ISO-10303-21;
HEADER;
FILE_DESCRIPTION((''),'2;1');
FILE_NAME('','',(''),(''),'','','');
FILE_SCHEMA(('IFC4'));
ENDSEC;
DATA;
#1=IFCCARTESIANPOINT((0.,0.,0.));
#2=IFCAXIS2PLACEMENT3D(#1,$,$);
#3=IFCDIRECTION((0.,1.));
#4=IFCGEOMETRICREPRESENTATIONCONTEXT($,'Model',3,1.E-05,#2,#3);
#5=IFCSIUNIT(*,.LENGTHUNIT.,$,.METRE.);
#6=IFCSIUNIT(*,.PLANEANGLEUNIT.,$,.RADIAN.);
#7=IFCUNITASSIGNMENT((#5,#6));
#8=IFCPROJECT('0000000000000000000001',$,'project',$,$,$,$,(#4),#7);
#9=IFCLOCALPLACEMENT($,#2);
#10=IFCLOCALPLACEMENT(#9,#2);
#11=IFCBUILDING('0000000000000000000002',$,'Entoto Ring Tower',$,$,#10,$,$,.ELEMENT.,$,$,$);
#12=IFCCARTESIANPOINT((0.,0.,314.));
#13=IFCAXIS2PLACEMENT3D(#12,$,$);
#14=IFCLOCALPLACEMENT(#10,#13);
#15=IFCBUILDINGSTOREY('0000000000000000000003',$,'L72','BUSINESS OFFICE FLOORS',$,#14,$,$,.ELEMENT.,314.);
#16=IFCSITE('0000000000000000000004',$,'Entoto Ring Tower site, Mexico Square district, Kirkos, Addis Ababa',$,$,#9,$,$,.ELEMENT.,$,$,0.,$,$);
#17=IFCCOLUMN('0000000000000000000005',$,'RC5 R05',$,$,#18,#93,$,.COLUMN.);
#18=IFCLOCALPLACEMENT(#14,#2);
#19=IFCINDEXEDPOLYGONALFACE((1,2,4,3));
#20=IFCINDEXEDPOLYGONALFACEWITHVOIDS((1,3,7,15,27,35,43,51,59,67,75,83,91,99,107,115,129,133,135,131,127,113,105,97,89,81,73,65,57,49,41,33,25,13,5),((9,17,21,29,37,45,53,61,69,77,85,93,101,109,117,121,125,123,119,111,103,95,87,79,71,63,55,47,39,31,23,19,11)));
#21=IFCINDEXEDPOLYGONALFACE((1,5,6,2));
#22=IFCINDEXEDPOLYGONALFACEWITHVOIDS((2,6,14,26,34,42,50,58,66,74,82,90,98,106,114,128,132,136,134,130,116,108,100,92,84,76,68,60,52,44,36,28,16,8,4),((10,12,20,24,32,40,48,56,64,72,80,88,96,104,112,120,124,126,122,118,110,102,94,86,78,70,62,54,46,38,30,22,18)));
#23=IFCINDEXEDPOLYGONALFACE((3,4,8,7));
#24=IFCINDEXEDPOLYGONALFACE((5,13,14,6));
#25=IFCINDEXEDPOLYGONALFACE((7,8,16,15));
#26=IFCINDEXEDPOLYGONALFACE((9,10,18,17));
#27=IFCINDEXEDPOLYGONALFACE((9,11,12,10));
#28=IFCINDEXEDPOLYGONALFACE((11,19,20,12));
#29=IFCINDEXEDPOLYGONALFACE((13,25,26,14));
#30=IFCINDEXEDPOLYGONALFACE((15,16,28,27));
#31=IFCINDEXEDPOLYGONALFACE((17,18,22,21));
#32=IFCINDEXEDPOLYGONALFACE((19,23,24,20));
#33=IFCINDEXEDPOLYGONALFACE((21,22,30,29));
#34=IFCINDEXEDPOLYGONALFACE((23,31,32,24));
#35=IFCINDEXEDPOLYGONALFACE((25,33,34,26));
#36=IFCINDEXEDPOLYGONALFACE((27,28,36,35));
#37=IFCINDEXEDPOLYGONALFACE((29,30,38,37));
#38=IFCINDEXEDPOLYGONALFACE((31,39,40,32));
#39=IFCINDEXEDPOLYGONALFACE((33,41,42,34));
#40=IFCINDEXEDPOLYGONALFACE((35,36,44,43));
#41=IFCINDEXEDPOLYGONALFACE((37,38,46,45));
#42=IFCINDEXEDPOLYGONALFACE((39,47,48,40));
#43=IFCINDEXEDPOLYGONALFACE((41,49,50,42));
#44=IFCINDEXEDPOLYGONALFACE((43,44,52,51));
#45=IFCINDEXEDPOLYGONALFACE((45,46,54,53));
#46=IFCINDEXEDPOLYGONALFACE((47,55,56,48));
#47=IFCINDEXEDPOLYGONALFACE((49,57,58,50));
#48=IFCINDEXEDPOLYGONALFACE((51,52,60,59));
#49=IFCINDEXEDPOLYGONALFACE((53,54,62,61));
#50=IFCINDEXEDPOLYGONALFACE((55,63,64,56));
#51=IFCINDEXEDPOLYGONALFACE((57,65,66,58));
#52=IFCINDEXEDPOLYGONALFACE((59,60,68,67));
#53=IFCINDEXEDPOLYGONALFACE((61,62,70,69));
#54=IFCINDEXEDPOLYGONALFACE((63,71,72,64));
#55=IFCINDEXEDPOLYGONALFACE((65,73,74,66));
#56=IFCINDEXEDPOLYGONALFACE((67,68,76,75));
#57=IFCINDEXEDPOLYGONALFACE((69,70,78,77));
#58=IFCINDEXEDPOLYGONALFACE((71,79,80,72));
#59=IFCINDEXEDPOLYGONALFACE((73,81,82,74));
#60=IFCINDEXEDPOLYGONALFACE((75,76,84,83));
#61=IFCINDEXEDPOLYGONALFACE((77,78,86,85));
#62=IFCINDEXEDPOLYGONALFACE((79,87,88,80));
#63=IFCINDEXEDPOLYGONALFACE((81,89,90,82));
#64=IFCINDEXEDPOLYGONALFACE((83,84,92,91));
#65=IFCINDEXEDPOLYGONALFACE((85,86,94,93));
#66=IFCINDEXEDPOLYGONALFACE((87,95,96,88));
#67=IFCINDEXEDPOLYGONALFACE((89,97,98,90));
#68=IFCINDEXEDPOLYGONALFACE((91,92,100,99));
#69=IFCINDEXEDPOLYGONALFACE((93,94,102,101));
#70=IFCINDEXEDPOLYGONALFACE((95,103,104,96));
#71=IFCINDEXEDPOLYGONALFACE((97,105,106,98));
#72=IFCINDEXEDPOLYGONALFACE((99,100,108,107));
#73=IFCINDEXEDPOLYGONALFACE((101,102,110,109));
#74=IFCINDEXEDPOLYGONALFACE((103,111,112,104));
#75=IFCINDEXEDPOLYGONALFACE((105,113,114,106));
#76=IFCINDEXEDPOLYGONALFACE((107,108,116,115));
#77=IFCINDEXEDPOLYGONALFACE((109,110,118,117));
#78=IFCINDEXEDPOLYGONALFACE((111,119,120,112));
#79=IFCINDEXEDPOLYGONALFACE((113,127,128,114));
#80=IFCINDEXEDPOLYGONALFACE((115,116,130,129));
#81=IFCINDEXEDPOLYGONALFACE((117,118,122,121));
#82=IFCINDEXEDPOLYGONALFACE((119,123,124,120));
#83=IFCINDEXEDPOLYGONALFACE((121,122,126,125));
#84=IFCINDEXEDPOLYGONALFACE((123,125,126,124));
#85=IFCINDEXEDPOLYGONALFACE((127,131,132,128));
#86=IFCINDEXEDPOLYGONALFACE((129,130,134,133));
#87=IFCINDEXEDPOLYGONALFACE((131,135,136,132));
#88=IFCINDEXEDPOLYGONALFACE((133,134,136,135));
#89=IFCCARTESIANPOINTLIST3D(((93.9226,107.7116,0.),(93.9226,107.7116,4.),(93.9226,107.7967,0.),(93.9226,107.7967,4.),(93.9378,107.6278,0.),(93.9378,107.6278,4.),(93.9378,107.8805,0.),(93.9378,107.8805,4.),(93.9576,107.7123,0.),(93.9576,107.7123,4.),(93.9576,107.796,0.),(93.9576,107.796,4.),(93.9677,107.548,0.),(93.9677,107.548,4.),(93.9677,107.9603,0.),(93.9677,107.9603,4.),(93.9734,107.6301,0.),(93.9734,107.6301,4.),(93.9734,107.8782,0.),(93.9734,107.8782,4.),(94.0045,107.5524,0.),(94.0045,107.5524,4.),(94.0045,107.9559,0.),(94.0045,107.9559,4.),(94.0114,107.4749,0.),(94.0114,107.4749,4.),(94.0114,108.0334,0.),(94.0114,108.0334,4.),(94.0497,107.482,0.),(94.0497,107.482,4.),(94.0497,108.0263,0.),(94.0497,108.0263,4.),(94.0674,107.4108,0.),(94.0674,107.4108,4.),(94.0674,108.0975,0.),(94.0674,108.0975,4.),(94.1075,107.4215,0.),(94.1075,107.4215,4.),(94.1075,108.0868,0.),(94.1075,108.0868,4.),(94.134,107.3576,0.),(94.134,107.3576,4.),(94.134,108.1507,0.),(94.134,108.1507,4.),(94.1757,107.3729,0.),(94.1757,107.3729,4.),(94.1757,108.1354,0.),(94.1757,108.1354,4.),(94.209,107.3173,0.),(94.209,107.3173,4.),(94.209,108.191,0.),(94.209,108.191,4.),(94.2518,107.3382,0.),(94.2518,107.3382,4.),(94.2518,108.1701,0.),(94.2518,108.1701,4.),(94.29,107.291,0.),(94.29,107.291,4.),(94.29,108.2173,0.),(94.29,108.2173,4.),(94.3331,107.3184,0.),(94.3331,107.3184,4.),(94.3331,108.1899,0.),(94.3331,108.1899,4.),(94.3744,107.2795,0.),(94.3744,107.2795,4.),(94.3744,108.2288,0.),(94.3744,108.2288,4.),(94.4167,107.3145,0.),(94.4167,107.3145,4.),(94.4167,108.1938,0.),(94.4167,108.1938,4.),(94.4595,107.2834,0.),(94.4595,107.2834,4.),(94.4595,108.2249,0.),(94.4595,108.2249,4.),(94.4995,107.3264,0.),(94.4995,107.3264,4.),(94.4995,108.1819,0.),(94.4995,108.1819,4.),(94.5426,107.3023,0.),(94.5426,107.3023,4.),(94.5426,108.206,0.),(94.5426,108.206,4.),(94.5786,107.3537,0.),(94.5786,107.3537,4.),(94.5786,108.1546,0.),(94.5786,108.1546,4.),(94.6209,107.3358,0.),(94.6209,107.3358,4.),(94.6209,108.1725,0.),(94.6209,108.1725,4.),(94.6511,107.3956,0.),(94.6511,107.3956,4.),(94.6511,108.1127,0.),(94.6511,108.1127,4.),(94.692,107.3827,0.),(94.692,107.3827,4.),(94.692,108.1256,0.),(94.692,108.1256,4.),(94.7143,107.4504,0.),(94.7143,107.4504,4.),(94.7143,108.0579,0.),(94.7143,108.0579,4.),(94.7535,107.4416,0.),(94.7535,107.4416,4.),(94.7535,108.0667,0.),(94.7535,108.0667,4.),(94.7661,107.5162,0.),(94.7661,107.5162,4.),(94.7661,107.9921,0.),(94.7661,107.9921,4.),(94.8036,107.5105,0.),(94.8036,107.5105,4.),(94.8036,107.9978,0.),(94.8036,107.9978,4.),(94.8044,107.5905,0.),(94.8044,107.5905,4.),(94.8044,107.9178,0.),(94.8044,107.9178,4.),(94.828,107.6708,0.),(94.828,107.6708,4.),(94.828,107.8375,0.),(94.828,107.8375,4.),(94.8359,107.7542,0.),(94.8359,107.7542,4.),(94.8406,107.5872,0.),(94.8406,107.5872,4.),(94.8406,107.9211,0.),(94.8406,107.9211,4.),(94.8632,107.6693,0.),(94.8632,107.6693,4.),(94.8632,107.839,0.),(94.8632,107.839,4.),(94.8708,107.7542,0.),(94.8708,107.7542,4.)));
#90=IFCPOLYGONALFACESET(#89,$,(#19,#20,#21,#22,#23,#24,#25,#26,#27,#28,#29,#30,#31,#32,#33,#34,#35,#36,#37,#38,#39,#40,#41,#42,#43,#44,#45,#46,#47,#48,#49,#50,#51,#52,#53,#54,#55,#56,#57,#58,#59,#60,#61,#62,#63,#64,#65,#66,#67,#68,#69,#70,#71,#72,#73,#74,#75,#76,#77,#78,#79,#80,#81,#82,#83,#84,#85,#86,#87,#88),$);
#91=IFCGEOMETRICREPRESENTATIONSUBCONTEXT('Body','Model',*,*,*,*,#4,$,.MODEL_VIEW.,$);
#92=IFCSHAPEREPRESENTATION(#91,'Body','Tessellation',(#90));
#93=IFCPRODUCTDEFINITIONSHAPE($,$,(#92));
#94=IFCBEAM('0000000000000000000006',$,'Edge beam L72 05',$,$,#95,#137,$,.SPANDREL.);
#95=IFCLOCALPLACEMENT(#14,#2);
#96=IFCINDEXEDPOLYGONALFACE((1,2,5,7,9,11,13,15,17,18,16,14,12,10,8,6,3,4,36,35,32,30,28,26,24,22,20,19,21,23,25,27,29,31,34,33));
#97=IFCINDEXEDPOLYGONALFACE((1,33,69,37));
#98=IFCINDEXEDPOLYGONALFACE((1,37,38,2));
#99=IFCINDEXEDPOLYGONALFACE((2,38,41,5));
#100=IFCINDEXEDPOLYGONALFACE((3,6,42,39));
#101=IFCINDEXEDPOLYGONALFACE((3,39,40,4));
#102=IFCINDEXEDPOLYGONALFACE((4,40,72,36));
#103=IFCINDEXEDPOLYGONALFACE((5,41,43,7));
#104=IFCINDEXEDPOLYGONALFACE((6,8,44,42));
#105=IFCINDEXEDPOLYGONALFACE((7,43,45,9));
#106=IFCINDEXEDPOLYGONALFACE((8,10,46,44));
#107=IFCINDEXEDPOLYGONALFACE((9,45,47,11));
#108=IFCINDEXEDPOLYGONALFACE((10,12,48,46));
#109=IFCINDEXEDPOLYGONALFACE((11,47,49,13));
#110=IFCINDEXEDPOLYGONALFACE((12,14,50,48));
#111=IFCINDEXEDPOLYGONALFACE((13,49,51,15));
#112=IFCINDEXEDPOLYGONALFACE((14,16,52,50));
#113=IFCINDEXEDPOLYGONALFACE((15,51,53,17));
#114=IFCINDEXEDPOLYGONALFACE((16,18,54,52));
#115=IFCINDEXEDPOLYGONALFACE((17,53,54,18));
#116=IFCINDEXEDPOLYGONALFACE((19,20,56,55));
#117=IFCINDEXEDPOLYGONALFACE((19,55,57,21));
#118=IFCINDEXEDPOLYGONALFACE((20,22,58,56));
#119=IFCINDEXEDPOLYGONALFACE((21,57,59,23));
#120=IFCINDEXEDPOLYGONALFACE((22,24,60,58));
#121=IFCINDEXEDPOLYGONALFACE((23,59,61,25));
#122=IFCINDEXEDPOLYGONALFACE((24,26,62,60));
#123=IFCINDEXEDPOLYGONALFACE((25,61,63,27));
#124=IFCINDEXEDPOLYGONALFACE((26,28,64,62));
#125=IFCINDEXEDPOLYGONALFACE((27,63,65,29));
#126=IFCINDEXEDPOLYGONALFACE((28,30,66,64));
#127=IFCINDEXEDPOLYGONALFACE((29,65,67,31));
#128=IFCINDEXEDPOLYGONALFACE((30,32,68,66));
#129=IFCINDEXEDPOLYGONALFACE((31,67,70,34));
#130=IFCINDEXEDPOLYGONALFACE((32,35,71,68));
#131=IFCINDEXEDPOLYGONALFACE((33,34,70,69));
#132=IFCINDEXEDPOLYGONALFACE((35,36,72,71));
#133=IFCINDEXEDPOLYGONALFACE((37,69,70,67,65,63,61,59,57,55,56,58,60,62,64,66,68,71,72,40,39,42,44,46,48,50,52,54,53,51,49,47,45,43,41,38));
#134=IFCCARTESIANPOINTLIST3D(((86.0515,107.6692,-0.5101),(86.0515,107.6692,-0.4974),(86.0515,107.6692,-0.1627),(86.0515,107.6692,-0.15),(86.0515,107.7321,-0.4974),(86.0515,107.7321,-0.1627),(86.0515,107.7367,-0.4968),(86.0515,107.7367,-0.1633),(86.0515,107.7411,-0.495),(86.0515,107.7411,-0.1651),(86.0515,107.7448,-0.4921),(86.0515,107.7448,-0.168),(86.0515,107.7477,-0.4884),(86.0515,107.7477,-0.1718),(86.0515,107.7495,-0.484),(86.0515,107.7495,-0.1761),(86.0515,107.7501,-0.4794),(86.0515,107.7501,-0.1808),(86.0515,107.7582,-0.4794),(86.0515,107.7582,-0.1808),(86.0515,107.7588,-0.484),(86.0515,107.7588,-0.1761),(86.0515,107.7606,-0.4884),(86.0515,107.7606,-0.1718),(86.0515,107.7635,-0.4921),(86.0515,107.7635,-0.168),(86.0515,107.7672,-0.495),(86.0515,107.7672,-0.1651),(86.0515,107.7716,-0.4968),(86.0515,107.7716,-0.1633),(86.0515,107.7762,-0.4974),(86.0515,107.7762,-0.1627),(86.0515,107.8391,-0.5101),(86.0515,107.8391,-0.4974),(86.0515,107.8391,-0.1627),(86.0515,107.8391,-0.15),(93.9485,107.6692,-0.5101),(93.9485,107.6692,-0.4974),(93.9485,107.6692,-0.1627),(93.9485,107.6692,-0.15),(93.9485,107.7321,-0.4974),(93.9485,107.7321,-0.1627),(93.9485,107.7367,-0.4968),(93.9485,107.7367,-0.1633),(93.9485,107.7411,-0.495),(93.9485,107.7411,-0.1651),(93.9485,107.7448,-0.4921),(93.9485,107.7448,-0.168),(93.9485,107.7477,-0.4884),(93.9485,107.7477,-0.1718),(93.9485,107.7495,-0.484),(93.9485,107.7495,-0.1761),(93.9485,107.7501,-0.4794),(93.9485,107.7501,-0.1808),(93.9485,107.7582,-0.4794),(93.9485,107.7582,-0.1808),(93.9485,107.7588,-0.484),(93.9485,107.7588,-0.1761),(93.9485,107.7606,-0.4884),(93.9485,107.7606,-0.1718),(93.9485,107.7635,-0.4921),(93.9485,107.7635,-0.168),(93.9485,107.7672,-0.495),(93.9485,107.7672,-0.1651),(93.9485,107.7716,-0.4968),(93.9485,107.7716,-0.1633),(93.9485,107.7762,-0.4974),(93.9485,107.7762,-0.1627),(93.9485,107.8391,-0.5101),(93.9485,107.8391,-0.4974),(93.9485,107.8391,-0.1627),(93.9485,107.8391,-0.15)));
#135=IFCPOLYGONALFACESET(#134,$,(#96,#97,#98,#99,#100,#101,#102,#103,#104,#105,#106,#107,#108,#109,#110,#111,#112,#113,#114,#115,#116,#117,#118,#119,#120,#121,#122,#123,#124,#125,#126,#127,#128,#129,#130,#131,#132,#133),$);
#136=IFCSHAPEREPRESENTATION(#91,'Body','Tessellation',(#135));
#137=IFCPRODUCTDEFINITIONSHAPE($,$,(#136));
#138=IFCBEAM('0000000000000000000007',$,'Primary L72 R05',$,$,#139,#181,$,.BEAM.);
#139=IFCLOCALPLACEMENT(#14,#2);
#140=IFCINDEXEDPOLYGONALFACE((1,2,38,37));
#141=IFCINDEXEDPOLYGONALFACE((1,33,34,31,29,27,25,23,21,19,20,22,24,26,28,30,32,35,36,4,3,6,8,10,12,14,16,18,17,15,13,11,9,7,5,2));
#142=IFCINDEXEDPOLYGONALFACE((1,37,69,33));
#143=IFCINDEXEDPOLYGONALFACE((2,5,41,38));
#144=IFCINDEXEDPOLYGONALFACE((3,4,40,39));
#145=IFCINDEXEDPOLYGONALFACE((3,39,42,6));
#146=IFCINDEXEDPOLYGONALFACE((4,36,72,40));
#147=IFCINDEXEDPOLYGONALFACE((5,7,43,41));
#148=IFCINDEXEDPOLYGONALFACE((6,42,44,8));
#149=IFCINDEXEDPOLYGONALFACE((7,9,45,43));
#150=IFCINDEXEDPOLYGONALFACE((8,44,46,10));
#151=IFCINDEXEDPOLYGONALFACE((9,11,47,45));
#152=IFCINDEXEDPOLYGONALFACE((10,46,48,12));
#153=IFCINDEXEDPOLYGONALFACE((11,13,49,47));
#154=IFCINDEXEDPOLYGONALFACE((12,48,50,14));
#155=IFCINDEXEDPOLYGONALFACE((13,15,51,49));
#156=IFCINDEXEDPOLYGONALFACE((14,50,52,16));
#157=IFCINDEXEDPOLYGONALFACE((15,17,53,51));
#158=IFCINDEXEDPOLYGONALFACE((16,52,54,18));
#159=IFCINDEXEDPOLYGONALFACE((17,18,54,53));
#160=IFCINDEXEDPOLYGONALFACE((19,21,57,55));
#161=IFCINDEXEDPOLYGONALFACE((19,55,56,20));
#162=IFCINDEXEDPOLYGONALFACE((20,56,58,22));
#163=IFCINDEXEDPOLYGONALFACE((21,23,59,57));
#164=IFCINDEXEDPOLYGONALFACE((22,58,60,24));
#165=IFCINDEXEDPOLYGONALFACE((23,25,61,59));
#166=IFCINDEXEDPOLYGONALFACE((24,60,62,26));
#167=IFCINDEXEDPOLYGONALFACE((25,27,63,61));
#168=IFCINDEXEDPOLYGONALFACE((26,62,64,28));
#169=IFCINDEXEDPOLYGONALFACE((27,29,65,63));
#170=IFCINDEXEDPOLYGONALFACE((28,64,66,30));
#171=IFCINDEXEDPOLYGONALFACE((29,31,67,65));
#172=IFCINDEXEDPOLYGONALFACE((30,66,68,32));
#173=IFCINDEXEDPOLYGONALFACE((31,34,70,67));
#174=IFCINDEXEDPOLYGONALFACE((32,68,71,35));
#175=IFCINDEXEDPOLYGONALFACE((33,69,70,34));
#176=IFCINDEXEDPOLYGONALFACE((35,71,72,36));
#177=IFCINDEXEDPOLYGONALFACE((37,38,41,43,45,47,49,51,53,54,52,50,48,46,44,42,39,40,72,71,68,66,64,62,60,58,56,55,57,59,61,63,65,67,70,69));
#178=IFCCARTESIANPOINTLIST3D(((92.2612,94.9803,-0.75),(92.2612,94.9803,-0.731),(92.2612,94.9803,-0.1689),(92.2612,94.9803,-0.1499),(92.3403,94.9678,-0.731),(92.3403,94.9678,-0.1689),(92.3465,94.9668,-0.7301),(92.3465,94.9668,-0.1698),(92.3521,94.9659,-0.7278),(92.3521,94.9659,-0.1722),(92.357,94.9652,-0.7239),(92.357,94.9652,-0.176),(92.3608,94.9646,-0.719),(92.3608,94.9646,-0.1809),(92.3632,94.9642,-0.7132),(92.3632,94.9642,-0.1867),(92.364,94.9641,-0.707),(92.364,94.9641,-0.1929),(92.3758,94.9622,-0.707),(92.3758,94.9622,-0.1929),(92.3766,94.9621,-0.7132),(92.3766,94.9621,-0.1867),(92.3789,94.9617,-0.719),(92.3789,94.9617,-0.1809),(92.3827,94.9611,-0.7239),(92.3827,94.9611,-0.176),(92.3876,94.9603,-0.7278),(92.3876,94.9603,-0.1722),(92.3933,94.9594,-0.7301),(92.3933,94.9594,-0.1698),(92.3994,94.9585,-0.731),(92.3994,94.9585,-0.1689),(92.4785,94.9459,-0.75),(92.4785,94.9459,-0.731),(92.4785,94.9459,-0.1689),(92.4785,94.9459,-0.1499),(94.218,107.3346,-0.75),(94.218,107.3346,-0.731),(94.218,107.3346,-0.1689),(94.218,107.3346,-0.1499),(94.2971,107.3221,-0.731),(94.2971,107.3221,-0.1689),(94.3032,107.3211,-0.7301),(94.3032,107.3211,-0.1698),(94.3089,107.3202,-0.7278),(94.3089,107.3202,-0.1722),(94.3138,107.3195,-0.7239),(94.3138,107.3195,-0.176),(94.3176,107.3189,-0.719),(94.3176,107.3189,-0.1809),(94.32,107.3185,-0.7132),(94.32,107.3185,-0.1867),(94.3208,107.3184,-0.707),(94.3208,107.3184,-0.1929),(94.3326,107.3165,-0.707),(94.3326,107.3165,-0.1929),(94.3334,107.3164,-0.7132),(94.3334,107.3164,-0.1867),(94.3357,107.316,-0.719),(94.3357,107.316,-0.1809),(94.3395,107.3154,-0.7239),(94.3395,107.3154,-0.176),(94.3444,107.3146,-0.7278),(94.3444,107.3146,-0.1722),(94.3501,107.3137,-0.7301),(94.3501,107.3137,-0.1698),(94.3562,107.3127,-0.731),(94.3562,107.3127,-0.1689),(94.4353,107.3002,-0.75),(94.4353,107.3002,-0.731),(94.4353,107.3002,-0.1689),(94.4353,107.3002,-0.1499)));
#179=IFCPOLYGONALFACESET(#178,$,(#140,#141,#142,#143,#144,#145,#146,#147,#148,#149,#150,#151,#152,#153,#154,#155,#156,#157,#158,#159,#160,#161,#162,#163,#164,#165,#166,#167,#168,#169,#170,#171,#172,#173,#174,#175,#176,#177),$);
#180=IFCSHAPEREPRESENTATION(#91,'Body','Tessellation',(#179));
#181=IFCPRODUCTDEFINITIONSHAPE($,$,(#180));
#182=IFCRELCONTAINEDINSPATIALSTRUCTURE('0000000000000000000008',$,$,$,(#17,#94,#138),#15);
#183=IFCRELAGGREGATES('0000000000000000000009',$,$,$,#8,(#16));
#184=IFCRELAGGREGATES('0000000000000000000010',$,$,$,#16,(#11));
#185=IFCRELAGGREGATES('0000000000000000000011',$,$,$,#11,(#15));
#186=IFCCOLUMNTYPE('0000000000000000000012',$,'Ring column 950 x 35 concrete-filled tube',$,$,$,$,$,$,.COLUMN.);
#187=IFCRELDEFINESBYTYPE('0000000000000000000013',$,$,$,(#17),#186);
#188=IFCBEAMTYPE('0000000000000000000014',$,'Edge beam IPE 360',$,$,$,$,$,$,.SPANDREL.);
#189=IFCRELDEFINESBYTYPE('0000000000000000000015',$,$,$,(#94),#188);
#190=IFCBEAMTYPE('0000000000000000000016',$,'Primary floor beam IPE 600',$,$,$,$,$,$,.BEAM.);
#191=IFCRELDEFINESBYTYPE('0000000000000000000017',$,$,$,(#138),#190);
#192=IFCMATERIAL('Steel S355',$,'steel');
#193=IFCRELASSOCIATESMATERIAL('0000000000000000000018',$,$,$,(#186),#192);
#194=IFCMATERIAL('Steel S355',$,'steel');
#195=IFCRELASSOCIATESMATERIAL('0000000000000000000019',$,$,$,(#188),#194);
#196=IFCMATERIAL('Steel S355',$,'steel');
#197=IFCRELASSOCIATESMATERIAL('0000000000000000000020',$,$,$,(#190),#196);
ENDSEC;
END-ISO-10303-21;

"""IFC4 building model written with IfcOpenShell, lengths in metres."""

from ifc_helpers import new_model, si_unit, direction, frame, origin, origin_2d, place, context, subcontext, project, spatial, circle, hollow_circle, i_section, extrude, material, material_profile, profile_set, type_object, element, save


model = new_model("IFC4")

# Units and contexts
model_context = context("Model", 3, precision=1e-05, world=origin(), true_north=direction((0.0, 1.0)))
body_context = subcontext(model_context, "Body", "Model", "MODEL_VIEW")
ifc_project = project(units=[si_unit("LENGTHUNIT", "METRE"), si_unit("PLANEANGLEUNIT", "RADIAN")], contexts=[model_context])

# Site, building, storey
site_placement = place(None, origin())
site = spatial("IfcSite", under=ifc_project, at=site_placement, Name="Entoto Ring Tower site, Mexico Square district, Kirkos, Addis Ababa", CompositionType="ELEMENT", RefElevation=0.0)
building_placement = place(site_placement, origin())
building = spatial("IfcBuilding", under=site, at=building_placement, Name="Entoto Ring Tower", CompositionType="ELEMENT")
storey_placement = place(building_placement, frame((0.0, 0.0, 314.0)))
storey = spatial("IfcBuildingStorey", under=building, at=storey_placement, Name="L72", Description="BUSINESS OFFICE FLOORS", CompositionType="ELEMENT", Elevation=314.0)

# Column
ifc_material_1 = material(Name="Steel S355", Category="steel")
ifc_material_profile_1 = material_profile(ifc_material_1, hollow_circle(Radius=0.4751, WallThickness=0.0349, at=origin_2d()), Name="CHS 950 x 35")
ifc_material_2 = material(Name="Concrete C60/75", Category="concrete")
ifc_material_profile_2 = material_profile(ifc_material_2, circle(Radius=0.4399, at=origin_2d()), Name="Concrete C60/75 infill")
ifc_profile_set_1 = profile_set([ifc_material_profile_1, ifc_material_profile_2], Name="Steel S355")
column_type = type_object("IfcColumnType", Name="Ring column 950 x 35 concrete-filled tube", PredefinedType="COLUMN", material=ifc_profile_set_1)
column_placement = place(storey_placement, frame((94.3958, 107.7542, 0.0), z_axis=(0.0, 0.0, 1.0), x_axis=(1.0, 0.0, 0.0)))
element("IfcColumn", 1, at=column_placement, inside=storey, type_object=column_type, Name="RC5 R05", PredefinedType="COLUMN", context=body_context, shape_type="SweptSolid", body=[
    extrude(hollow_circle(Radius=0.4751, WallThickness=0.0349, at=origin_2d()), origin(), (0.0, 0.0, 1.0), 4.0),
])

# Beams
ifc_material_3 = material(Name="Steel S355", Category="steel")
ifc_material_profile_3 = material_profile(ifc_material_3, i_section(OverallWidth=0.1699, OverallDepth=0.3601, WebThickness=0.0081, FlangeThickness=0.0127, FilletRadius=0.0181, at=origin_2d()), Name="IPE 360")
ifc_profile_set_2 = profile_set([ifc_material_profile_3], Name="Steel S355")
beam_type_1 = type_object("IfcBeamType", Name="Edge beam IPE 360", PredefinedType="SPANDREL", material=ifc_profile_set_2)
beam_1_placement = place(storey_placement, frame((93.9485, 107.7542, -0.3301), z_axis=(-1.0, 0.0, 0.0), x_axis=(0.0, -1.0, 0.0)))
element("IfcBeam", 2, at=beam_1_placement, inside=storey, type_object=beam_type_1, Name="Edge beam L72 05", PredefinedType="SPANDREL", context=body_context, shape_type="SweptSolid", body=[
    extrude(i_section(OverallWidth=0.1699, OverallDepth=0.3601, WebThickness=0.0081, FlangeThickness=0.0127, FilletRadius=0.0181, at=origin_2d()), origin(), (0.0, 0.0, 1.0), 7.897),
])
ifc_material_4 = material(Name="Steel S355", Category="steel")
ifc_material_profile_4 = material_profile(ifc_material_4, i_section(OverallWidth=0.22, OverallDepth=0.6001, WebThickness=0.012, FlangeThickness=0.019, FilletRadius=0.0239, at=origin_2d()), Name="IPE 600")
ifc_profile_set_3 = profile_set([ifc_material_profile_4], Name="Steel S355")
beam_type_2 = type_object("IfcBeamType", Name="Primary floor beam IPE 600", PredefinedType="BEAM", material=ifc_profile_set_3)
for number, where, z_axis, x_axis, name in (
    (3, (92.3699, 94.9631, -0.45), (0.15644, 0.987688, 0.0), (-0.987688, 0.15644, 0.0), "Primary L72 R05"),
):
    element("IfcBeam", number, at=place(storey_placement, frame(where, z_axis=z_axis, x_axis=x_axis)), inside=storey, type_object=beam_type_2, Name=name, PredefinedType="BEAM", context=body_context, shape_type="SweptSolid", body=[
        extrude(i_section(OverallWidth=0.22, OverallDepth=0.6001, WebThickness=0.012, FlangeThickness=0.019, FilletRadius=0.0239, at=origin_2d()), origin(), (0.0, 0.0, 1.0), 12.5083),
    ])

save(model, "model.ifc")
